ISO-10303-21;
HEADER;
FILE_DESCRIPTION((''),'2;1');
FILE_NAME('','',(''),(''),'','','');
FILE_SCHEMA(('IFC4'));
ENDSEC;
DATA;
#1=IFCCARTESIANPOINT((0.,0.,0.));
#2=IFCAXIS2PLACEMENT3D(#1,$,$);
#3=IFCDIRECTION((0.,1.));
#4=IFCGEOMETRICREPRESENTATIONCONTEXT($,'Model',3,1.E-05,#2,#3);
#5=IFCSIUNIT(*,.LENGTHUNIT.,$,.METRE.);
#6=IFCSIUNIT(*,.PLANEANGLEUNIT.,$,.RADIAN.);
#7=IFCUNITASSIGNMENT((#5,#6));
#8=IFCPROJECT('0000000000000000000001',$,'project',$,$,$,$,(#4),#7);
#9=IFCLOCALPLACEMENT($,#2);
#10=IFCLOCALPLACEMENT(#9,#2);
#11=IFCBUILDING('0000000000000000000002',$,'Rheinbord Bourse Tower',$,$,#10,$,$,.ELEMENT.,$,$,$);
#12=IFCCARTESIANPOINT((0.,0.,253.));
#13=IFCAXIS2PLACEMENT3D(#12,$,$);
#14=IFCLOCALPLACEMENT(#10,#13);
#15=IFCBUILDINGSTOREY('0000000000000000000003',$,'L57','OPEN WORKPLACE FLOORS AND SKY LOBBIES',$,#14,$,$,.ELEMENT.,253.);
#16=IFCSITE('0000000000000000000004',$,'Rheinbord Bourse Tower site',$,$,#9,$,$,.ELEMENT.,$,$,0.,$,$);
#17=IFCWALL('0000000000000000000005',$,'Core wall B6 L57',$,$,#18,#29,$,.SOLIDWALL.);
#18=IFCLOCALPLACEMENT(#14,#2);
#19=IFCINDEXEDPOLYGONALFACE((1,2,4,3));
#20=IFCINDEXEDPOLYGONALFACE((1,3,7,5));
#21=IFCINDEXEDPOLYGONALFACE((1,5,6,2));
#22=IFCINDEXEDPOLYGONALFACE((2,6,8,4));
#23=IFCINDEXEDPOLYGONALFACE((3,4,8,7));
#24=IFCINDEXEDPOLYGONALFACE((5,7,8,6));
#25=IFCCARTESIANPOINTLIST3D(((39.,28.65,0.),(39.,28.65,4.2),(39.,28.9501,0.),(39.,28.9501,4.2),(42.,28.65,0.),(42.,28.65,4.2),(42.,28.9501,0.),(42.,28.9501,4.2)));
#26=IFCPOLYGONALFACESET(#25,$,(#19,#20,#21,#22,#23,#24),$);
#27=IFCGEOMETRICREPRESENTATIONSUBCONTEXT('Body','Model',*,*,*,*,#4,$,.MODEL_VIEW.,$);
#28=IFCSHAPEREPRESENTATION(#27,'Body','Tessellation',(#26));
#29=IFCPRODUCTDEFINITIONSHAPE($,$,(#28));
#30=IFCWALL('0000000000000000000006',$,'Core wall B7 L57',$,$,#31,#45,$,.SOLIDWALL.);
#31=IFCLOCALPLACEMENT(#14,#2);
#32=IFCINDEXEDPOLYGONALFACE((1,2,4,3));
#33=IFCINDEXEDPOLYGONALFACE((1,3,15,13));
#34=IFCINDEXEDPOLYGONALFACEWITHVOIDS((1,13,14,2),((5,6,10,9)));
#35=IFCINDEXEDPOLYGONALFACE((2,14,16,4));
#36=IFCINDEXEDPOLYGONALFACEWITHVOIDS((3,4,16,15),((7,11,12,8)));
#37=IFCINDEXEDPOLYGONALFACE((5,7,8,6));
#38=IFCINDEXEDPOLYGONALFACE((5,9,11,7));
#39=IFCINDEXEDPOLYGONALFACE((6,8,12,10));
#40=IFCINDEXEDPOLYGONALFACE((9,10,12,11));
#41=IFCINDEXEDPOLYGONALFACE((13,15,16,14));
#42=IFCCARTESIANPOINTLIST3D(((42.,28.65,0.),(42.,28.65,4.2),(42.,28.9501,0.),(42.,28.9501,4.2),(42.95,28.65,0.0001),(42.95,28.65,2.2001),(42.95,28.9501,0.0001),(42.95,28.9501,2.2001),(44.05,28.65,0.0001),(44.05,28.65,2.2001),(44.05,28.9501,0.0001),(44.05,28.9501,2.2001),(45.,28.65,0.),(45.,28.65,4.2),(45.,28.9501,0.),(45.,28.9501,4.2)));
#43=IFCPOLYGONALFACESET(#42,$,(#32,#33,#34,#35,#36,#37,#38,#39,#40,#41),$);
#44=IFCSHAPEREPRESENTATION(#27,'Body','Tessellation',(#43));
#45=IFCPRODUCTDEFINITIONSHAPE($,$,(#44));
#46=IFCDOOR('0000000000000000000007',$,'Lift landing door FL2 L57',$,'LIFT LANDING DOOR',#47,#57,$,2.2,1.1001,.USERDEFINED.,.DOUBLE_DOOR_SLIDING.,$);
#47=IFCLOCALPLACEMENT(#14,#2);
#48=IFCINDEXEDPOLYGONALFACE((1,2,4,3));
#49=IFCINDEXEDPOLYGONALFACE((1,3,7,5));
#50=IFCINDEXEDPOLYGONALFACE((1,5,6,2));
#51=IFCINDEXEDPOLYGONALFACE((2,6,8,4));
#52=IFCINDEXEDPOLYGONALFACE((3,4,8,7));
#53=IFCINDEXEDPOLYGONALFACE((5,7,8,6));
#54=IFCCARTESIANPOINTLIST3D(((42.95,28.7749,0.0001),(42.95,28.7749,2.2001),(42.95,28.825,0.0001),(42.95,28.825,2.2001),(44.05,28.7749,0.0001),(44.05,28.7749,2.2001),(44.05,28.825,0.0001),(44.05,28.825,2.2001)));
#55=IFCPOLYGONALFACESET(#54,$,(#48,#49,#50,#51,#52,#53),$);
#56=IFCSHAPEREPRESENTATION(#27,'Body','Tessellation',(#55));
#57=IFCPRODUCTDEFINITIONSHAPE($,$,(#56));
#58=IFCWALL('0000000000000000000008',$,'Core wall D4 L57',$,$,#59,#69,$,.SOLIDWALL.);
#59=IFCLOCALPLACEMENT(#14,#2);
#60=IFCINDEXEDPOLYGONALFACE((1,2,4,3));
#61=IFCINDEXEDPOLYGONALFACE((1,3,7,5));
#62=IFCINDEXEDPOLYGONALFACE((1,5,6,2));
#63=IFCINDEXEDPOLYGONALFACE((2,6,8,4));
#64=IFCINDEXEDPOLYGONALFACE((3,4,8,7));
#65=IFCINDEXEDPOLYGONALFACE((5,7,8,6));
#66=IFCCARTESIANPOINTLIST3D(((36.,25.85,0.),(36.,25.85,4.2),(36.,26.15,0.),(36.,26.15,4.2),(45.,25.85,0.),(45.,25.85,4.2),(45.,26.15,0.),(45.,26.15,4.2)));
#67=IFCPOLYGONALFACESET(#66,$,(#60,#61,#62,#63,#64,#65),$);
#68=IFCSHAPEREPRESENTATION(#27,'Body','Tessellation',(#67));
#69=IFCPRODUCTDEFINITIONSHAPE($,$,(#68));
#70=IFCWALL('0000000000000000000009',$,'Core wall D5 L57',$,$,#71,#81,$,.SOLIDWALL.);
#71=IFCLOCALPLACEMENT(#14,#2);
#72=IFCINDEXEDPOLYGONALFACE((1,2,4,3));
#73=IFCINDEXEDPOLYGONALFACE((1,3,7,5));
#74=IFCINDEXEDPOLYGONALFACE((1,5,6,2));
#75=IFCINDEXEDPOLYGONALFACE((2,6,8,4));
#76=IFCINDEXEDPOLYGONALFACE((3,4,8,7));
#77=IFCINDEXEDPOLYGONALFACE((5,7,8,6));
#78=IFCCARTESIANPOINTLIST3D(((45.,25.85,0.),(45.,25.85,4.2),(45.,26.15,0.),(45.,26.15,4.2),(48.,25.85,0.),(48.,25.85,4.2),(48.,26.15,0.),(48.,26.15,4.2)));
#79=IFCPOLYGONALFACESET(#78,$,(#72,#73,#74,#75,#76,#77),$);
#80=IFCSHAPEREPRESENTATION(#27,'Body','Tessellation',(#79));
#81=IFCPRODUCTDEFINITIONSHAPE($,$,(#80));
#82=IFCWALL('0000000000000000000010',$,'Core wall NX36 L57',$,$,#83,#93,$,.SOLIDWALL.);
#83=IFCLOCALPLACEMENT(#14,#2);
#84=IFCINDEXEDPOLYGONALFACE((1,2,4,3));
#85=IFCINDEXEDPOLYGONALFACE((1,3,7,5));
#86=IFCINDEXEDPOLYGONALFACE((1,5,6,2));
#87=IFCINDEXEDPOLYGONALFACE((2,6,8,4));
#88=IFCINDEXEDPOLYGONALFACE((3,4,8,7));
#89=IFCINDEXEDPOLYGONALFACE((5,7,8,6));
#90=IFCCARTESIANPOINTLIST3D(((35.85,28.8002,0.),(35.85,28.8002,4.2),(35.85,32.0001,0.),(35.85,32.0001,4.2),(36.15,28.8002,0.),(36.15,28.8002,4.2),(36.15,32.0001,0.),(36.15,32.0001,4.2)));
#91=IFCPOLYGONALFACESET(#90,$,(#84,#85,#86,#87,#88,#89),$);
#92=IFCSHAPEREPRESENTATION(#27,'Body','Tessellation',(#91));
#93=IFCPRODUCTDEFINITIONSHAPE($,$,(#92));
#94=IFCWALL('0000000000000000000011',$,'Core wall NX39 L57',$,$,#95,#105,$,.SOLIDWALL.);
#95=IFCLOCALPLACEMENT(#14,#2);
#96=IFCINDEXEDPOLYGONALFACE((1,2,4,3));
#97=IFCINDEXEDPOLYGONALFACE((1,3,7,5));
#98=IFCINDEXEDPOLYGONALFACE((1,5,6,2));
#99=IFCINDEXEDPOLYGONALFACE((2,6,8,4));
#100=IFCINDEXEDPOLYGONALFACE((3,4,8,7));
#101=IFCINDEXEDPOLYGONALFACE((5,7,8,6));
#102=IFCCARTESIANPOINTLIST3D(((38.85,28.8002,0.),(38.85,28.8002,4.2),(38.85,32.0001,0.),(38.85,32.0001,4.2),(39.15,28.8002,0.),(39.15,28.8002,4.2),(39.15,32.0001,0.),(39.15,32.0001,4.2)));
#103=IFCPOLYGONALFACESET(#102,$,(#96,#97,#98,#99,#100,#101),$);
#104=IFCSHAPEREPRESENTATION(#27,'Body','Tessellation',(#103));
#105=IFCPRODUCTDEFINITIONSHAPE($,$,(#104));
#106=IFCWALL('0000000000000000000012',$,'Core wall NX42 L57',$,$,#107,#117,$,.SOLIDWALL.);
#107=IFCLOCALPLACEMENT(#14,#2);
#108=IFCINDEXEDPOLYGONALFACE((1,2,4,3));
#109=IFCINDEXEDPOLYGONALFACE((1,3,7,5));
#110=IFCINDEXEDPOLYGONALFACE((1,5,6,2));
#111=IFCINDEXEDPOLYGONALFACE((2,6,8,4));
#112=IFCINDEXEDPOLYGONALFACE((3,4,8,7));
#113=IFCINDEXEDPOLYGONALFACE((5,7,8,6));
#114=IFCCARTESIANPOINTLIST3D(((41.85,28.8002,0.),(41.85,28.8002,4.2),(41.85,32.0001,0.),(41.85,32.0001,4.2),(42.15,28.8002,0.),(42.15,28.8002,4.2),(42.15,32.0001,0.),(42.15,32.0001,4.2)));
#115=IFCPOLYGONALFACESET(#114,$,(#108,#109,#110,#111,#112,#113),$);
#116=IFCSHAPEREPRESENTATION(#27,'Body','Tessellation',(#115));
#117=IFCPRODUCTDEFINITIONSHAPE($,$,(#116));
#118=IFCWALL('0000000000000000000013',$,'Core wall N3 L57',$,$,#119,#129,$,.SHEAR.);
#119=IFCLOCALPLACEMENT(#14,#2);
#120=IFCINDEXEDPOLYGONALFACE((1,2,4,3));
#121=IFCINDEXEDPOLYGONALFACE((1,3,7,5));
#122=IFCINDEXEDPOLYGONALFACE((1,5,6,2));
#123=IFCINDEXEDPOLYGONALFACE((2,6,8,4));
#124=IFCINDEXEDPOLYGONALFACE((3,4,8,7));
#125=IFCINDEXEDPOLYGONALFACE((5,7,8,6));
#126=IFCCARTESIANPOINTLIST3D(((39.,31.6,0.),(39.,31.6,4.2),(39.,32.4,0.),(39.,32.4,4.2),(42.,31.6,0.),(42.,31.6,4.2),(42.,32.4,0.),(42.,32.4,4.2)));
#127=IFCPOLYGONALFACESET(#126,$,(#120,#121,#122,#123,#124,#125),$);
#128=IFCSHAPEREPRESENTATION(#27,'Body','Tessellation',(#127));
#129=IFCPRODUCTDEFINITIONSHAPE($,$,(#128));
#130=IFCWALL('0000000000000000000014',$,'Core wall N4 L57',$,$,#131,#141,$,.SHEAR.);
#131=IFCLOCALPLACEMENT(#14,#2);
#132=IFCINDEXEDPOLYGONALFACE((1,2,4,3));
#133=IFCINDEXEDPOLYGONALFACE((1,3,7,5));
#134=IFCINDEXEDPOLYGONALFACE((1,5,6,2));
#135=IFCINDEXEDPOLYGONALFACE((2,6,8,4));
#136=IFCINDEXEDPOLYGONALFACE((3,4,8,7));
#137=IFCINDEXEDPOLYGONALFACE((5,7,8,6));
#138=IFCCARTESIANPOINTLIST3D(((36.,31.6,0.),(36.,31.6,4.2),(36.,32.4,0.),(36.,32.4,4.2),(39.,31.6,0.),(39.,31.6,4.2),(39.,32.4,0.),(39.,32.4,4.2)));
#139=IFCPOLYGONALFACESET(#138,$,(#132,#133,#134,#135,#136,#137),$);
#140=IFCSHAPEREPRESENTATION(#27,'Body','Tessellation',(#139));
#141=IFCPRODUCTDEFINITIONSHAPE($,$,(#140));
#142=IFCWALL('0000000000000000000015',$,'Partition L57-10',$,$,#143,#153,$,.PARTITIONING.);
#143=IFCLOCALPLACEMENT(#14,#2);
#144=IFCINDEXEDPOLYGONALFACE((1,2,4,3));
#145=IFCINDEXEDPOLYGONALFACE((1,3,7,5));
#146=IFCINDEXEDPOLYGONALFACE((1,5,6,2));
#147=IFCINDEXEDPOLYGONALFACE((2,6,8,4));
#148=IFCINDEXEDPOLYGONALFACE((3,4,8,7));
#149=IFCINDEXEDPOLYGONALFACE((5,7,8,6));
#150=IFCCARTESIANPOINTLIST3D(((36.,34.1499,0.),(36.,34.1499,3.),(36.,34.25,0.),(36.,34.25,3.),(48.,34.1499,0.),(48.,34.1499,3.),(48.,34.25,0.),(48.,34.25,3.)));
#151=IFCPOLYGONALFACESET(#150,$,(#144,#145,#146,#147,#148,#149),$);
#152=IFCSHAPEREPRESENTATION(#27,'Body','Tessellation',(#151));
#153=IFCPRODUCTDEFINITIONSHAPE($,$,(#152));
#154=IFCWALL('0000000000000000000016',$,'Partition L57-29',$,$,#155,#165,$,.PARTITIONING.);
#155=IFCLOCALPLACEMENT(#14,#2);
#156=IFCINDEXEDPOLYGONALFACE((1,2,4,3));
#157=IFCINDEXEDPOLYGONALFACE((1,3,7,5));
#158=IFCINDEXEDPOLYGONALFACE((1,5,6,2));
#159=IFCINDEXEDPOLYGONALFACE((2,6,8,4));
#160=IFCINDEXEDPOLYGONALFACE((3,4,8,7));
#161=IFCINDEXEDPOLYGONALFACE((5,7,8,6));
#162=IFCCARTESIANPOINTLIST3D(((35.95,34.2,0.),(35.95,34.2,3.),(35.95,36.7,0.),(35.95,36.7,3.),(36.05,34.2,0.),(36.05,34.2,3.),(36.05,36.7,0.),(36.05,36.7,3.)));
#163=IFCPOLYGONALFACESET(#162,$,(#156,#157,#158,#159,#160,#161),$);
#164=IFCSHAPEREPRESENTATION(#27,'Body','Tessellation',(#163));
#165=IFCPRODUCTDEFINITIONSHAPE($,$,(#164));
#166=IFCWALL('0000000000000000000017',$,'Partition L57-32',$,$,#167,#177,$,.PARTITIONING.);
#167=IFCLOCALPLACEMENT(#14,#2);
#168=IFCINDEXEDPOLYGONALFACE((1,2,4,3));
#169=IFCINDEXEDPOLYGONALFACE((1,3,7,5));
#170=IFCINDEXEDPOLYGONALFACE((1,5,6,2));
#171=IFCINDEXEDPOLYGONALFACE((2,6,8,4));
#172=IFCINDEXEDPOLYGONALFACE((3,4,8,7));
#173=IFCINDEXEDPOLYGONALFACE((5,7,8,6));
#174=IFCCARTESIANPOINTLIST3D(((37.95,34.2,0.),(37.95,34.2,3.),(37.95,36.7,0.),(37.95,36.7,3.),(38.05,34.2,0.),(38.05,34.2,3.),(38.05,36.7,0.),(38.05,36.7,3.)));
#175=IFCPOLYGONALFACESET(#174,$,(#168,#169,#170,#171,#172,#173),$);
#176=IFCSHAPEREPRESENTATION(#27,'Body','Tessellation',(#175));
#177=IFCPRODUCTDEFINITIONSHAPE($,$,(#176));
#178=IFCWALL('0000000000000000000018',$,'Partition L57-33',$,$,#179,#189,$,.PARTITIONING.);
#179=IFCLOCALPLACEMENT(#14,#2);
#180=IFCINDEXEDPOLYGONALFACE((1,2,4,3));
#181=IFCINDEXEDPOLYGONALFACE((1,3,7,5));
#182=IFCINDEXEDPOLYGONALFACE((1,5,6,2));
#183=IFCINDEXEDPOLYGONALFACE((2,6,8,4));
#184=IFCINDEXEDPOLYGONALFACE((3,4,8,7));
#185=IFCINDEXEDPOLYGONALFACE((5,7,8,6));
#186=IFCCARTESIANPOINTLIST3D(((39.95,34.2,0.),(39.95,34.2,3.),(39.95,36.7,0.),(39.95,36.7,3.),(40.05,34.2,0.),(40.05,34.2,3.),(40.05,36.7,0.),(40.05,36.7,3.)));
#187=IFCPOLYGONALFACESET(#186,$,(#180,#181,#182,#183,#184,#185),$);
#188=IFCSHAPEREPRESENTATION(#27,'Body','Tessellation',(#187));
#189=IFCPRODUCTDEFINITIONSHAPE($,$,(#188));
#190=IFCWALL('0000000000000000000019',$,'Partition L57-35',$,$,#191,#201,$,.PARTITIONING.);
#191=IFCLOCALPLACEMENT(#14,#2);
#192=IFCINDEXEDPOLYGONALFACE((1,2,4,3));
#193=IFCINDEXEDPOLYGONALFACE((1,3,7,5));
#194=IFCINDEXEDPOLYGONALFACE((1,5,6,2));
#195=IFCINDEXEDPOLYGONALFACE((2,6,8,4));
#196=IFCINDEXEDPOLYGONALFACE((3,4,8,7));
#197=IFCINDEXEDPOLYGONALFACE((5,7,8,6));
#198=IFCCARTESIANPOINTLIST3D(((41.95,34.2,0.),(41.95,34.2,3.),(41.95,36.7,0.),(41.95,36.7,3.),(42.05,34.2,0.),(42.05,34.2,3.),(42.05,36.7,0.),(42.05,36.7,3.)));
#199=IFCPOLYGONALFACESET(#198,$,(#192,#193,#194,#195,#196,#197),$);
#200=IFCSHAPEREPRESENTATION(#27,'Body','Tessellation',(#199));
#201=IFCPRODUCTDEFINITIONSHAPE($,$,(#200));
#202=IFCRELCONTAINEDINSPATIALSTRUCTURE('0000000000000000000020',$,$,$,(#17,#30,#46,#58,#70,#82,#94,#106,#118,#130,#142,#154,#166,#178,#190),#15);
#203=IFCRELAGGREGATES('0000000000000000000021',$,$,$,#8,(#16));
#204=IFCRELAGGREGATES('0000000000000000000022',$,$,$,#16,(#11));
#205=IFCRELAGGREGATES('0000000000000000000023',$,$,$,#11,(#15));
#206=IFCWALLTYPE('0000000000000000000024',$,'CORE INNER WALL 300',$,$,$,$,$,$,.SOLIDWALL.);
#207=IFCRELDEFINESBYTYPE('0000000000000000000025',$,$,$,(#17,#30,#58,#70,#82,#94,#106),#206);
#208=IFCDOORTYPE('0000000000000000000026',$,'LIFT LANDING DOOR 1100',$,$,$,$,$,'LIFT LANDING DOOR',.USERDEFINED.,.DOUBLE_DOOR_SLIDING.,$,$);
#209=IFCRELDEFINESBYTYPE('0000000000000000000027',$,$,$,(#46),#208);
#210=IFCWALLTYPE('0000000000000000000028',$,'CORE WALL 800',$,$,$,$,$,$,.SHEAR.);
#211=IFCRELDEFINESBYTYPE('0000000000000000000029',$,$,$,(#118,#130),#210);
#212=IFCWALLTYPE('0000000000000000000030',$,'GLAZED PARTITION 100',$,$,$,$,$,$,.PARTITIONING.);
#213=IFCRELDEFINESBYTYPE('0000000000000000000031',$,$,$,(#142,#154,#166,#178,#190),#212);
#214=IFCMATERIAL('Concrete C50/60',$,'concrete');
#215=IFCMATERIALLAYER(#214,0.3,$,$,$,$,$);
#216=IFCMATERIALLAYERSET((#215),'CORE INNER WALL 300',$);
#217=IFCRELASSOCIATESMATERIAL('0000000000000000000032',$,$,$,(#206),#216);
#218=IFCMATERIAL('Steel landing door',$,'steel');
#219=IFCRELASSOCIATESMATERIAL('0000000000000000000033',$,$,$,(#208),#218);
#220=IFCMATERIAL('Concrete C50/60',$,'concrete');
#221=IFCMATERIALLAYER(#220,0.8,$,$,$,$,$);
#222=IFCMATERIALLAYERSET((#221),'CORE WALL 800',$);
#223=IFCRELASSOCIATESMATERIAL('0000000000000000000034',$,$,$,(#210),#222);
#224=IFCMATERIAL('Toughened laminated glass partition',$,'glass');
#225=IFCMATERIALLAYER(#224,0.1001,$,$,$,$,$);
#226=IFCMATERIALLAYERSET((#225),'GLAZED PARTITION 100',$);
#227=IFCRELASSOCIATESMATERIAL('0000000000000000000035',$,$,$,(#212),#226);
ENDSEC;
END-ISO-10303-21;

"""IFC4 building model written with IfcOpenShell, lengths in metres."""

from ifc_helpers import new_model, si_unit, direction, frame, frame_2d, origin, place, context, subcontext, project, spatial, rectangle, extrude, material, layer, layer_set, type_object, element, fill, save


model = new_model("IFC4")

# Units and contexts
model_context = context("Model", 3, precision=1e-05, world=origin(), true_north=direction((0.0, 1.0)))
body_context = subcontext(model_context, "Body", "Model", "MODEL_VIEW")
ifc_project = project(units=[si_unit("LENGTHUNIT", "METRE"), si_unit("PLANEANGLEUNIT", "RADIAN")], contexts=[model_context])

# Site, building, storey
site_placement = place(None, origin())
site = spatial("IfcSite", under=ifc_project, at=site_placement, Name="Rheinbord Bourse Tower site", CompositionType="ELEMENT", RefElevation=0.0)
building_placement = place(site_placement, origin())
building = spatial("IfcBuilding", under=site, at=building_placement, Name="Rheinbord Bourse Tower", CompositionType="ELEMENT")
storey_placement = place(building_placement, frame((0.0, 0.0, 253.0)))
storey = spatial("IfcBuildingStorey", under=building, at=storey_placement, Name="L57", Description="OPEN WORKPLACE FLOORS AND SKY LOBBIES", CompositionType="ELEMENT", Elevation=253.0)

# Wall
ifc_material_1 = material(Name="Concrete C50/60", Category="concrete")
ifc_layer_1 = layer(ifc_material_1, 0.3)
ifc_layer_set_1 = layer_set([ifc_layer_1], Name="CORE INNER WALL 300")
wall_type_1 = type_object("IfcWallType", Name="CORE INNER WALL 300", PredefinedType="SOLIDWALL", material=ifc_layer_set_1)
wall_1_placement = place(storey_placement, frame((39.0, 28.8, 0.0), z_axis=(0.0, 0.0, 1.0), x_axis=(1.0, 0.0, 0.0)))
element("IfcWall", 1, at=wall_1_placement, inside=storey, type_object=wall_type_1, Name="Core wall B6 L57", PredefinedType="SOLIDWALL", context=body_context, shape_type="SweptSolid", body=[
    extrude(rectangle(XDim=3.0, YDim=0.3, at=frame_2d((1.5, 0.0))), origin(), (0.0, 0.0, 1.0), 4.2),
])

# Wall, opening, door
wall_2_placement = place(storey_placement, frame((42.0, 28.8, 0.0), z_axis=(0.0, 0.0, 1.0), x_axis=(1.0, 0.0, 0.0)))
wall_2 = element("IfcWall", 2, at=wall_2_placement, inside=storey, type_object=wall_type_1, Name="Core wall B7 L57", PredefinedType="SOLIDWALL", context=body_context, shape_type="SweptSolid", body=[
    extrude(rectangle(XDim=3.0, YDim=0.3, at=frame_2d((1.5, 0.0))), origin(), (0.0, 0.0, 1.0), 4.2),
])
opening_placement = place(wall_2_placement, frame((0.95, 0.0, 0.0)))
opening = element("IfcOpeningElement", 3, at=opening_placement, cuts=wall_2, PredefinedType="OPENING", context=body_context, shape_type="SweptSolid", body=[
    extrude(rectangle(XDim=1.1001, YDim=2.2, at=frame_2d((0.55, 1.1001))), frame((0.0, 0.1599, 0.0), z_axis=(0.0, -1.0, 0.0), x_axis=(1.0, 0.0, 0.0)), (0.0, 0.0, 1.0), 0.3201),
])
ifc_material_2 = material(Name="Steel landing door", Category="steel")
door_type = type_object("IfcDoorType", Name="LIFT LANDING DOOR 1100", ElementType="LIFT LANDING DOOR", OperationType="DOUBLE_DOOR_SLIDING", PredefinedType="USERDEFINED", material=ifc_material_2)
door_placement = place(opening_placement, origin())
door = element("IfcDoor", 4, at=door_placement, inside=storey, type_object=door_type, Name="Lift landing door FL2 L57", ObjectType="LIFT LANDING DOOR", OperationType="DOUBLE_DOOR_SLIDING", OverallHeight=2.2, OverallWidth=1.1001, PredefinedType="USERDEFINED", context=body_context, shape_type="SweptSolid", body=[
    extrude(rectangle(XDim=1.1001, YDim=2.2, at=frame_2d((0.55, 1.1001))), frame((0.0, 0.0249, 0.0), z_axis=(0.0, -1.0, 0.0), x_axis=(1.0, 0.0, 0.0)), (0.0, 0.0, 1.0), 0.05),
])
fill(opening, door)

# Walls
wall_3_placement = place(storey_placement, frame((36.0, 26.0, 0.0), z_axis=(0.0, 0.0, 1.0), x_axis=(1.0, 0.0, 0.0)))
element("IfcWall", 5, at=wall_3_placement, inside=storey, type_object=wall_type_1, Name="Core wall D4 L57", PredefinedType="SOLIDWALL", context=body_context, shape_type="SweptSolid", body=[
    extrude(rectangle(XDim=9.0, YDim=0.3, at=frame_2d((4.5, 0.0))), origin(), (0.0, 0.0, 1.0), 4.2),
])
wall_4_placement = place(storey_placement, frame((45.0, 26.0, 0.0), z_axis=(0.0, 0.0, 1.0), x_axis=(1.0, 0.0, 0.0)))
element("IfcWall", 6, at=wall_4_placement, inside=storey, type_object=wall_type_1, Name="Core wall D5 L57", PredefinedType="SOLIDWALL", context=body_context, shape_type="SweptSolid", body=[
    extrude(rectangle(XDim=3.0, YDim=0.3, at=frame_2d((1.5, 0.0))), origin(), (0.0, 0.0, 1.0), 4.2),
])
for number, where, z_axis, x_axis, name in (
    (7, (36.0, 28.8, 0.0), (0.0, 0.0, 1.0), (0.0, 1.0, 0.0), "Core wall NX36 L57"),
    (8, (39.0, 28.8, 0.0), (0.0, 0.0, 1.0), (0.0, 1.0, 0.0), "Core wall NX39 L57"),
    (9, (42.0, 28.8, 0.0), (0.0, 0.0, 1.0), (0.0, 1.0, 0.0), "Core wall NX42 L57"),
):
    element("IfcWall", number, at=place(storey_placement, frame(where, z_axis=z_axis, x_axis=x_axis)), inside=storey, type_object=wall_type_1, Name=name, PredefinedType="SOLIDWALL", context=body_context, shape_type="SweptSolid", body=[
        extrude(rectangle(XDim=3.2, YDim=0.3, at=frame_2d((1.6001, 0.0))), origin(), (0.0, 0.0, 1.0), 4.2),
    ])
ifc_material_3 = material(Name="Concrete C50/60", Category="concrete")
ifc_layer_2 = layer(ifc_material_3, 0.8)
ifc_layer_set_2 = layer_set([ifc_layer_2], Name="CORE WALL 800")
wall_type_2 = type_object("IfcWallType", Name="CORE WALL 800", PredefinedType="SHEAR", material=ifc_layer_set_2)
for number, where, z_axis, x_axis, name in (
    (10, (42.0, 32.0, 0.0), (0.0, 0.0, 1.0), (-1.0, 0.0, 0.0), "Core wall N3 L57"),
    (11, (39.0, 32.0, 0.0), (0.0, 0.0, 1.0), (-1.0, 0.0, 0.0), "Core wall N4 L57"),
):
    element("IfcWall", number, at=place(storey_placement, frame(where, z_axis=z_axis, x_axis=x_axis)), inside=storey, type_object=wall_type_2, Name=name, PredefinedType="SHEAR", context=body_context, shape_type="SweptSolid", body=[
        extrude(rectangle(XDim=3.0, YDim=0.8, at=frame_2d((1.5, 0.0))), origin(), (0.0, 0.0, 1.0), 4.2),
    ])
ifc_material_4 = material(Name="Toughened laminated glass partition", Category="glass")
ifc_layer_3 = layer(ifc_material_4, 0.1001)
ifc_layer_set_3 = layer_set([ifc_layer_3], Name="GLAZED PARTITION 100")
wall_type_3 = type_object("IfcWallType", Name="GLAZED PARTITION 100", PredefinedType="PARTITIONING", material=ifc_layer_set_3)
wall_5_placement = place(storey_placement, frame((36.0, 34.2, 0.0), z_axis=(0.0, 0.0, 1.0), x_axis=(1.0, 0.0, 0.0)))
element("IfcWall", 12, at=wall_5_placement, inside=storey, type_object=wall_type_3, Name="Partition L57-10", PredefinedType="PARTITIONING", context=body_context, shape_type="SweptSolid", body=[
    extrude(rectangle(XDim=12.0, YDim=0.1001, at=frame_2d((6.0, 0.0))), origin(), (0.0, 0.0, 1.0), 3.0),
])
for number, where, z_axis, x_axis, name in (
    (13, (36.0, 34.2, 0.0), (0.0, 0.0, 1.0), (0.0, 1.0, 0.0), "Partition L57-29"),
    (14, (38.0, 34.2, 0.0), (0.0, 0.0, 1.0), (0.0, 1.0, 0.0), "Partition L57-32"),
    (15, (40.0, 34.2, 0.0), (0.0, 0.0, 1.0), (0.0, 1.0, 0.0), "Partition L57-33"),
    (16, (42.0, 34.2, 0.0), (0.0, 0.0, 1.0), (0.0, 1.0, 0.0), "Partition L57-35"),
):
    element("IfcWall", number, at=place(storey_placement, frame(where, z_axis=z_axis, x_axis=x_axis)), inside=storey, type_object=wall_type_3, Name=name, PredefinedType="PARTITIONING", context=body_context, shape_type="SweptSolid", body=[
        extrude(rectangle(XDim=2.5, YDim=0.1001, at=frame_2d((1.25, 0.0))), origin(), (0.0, 0.0, 1.0), 3.0),
    ])

save(model, "model.ifc")
